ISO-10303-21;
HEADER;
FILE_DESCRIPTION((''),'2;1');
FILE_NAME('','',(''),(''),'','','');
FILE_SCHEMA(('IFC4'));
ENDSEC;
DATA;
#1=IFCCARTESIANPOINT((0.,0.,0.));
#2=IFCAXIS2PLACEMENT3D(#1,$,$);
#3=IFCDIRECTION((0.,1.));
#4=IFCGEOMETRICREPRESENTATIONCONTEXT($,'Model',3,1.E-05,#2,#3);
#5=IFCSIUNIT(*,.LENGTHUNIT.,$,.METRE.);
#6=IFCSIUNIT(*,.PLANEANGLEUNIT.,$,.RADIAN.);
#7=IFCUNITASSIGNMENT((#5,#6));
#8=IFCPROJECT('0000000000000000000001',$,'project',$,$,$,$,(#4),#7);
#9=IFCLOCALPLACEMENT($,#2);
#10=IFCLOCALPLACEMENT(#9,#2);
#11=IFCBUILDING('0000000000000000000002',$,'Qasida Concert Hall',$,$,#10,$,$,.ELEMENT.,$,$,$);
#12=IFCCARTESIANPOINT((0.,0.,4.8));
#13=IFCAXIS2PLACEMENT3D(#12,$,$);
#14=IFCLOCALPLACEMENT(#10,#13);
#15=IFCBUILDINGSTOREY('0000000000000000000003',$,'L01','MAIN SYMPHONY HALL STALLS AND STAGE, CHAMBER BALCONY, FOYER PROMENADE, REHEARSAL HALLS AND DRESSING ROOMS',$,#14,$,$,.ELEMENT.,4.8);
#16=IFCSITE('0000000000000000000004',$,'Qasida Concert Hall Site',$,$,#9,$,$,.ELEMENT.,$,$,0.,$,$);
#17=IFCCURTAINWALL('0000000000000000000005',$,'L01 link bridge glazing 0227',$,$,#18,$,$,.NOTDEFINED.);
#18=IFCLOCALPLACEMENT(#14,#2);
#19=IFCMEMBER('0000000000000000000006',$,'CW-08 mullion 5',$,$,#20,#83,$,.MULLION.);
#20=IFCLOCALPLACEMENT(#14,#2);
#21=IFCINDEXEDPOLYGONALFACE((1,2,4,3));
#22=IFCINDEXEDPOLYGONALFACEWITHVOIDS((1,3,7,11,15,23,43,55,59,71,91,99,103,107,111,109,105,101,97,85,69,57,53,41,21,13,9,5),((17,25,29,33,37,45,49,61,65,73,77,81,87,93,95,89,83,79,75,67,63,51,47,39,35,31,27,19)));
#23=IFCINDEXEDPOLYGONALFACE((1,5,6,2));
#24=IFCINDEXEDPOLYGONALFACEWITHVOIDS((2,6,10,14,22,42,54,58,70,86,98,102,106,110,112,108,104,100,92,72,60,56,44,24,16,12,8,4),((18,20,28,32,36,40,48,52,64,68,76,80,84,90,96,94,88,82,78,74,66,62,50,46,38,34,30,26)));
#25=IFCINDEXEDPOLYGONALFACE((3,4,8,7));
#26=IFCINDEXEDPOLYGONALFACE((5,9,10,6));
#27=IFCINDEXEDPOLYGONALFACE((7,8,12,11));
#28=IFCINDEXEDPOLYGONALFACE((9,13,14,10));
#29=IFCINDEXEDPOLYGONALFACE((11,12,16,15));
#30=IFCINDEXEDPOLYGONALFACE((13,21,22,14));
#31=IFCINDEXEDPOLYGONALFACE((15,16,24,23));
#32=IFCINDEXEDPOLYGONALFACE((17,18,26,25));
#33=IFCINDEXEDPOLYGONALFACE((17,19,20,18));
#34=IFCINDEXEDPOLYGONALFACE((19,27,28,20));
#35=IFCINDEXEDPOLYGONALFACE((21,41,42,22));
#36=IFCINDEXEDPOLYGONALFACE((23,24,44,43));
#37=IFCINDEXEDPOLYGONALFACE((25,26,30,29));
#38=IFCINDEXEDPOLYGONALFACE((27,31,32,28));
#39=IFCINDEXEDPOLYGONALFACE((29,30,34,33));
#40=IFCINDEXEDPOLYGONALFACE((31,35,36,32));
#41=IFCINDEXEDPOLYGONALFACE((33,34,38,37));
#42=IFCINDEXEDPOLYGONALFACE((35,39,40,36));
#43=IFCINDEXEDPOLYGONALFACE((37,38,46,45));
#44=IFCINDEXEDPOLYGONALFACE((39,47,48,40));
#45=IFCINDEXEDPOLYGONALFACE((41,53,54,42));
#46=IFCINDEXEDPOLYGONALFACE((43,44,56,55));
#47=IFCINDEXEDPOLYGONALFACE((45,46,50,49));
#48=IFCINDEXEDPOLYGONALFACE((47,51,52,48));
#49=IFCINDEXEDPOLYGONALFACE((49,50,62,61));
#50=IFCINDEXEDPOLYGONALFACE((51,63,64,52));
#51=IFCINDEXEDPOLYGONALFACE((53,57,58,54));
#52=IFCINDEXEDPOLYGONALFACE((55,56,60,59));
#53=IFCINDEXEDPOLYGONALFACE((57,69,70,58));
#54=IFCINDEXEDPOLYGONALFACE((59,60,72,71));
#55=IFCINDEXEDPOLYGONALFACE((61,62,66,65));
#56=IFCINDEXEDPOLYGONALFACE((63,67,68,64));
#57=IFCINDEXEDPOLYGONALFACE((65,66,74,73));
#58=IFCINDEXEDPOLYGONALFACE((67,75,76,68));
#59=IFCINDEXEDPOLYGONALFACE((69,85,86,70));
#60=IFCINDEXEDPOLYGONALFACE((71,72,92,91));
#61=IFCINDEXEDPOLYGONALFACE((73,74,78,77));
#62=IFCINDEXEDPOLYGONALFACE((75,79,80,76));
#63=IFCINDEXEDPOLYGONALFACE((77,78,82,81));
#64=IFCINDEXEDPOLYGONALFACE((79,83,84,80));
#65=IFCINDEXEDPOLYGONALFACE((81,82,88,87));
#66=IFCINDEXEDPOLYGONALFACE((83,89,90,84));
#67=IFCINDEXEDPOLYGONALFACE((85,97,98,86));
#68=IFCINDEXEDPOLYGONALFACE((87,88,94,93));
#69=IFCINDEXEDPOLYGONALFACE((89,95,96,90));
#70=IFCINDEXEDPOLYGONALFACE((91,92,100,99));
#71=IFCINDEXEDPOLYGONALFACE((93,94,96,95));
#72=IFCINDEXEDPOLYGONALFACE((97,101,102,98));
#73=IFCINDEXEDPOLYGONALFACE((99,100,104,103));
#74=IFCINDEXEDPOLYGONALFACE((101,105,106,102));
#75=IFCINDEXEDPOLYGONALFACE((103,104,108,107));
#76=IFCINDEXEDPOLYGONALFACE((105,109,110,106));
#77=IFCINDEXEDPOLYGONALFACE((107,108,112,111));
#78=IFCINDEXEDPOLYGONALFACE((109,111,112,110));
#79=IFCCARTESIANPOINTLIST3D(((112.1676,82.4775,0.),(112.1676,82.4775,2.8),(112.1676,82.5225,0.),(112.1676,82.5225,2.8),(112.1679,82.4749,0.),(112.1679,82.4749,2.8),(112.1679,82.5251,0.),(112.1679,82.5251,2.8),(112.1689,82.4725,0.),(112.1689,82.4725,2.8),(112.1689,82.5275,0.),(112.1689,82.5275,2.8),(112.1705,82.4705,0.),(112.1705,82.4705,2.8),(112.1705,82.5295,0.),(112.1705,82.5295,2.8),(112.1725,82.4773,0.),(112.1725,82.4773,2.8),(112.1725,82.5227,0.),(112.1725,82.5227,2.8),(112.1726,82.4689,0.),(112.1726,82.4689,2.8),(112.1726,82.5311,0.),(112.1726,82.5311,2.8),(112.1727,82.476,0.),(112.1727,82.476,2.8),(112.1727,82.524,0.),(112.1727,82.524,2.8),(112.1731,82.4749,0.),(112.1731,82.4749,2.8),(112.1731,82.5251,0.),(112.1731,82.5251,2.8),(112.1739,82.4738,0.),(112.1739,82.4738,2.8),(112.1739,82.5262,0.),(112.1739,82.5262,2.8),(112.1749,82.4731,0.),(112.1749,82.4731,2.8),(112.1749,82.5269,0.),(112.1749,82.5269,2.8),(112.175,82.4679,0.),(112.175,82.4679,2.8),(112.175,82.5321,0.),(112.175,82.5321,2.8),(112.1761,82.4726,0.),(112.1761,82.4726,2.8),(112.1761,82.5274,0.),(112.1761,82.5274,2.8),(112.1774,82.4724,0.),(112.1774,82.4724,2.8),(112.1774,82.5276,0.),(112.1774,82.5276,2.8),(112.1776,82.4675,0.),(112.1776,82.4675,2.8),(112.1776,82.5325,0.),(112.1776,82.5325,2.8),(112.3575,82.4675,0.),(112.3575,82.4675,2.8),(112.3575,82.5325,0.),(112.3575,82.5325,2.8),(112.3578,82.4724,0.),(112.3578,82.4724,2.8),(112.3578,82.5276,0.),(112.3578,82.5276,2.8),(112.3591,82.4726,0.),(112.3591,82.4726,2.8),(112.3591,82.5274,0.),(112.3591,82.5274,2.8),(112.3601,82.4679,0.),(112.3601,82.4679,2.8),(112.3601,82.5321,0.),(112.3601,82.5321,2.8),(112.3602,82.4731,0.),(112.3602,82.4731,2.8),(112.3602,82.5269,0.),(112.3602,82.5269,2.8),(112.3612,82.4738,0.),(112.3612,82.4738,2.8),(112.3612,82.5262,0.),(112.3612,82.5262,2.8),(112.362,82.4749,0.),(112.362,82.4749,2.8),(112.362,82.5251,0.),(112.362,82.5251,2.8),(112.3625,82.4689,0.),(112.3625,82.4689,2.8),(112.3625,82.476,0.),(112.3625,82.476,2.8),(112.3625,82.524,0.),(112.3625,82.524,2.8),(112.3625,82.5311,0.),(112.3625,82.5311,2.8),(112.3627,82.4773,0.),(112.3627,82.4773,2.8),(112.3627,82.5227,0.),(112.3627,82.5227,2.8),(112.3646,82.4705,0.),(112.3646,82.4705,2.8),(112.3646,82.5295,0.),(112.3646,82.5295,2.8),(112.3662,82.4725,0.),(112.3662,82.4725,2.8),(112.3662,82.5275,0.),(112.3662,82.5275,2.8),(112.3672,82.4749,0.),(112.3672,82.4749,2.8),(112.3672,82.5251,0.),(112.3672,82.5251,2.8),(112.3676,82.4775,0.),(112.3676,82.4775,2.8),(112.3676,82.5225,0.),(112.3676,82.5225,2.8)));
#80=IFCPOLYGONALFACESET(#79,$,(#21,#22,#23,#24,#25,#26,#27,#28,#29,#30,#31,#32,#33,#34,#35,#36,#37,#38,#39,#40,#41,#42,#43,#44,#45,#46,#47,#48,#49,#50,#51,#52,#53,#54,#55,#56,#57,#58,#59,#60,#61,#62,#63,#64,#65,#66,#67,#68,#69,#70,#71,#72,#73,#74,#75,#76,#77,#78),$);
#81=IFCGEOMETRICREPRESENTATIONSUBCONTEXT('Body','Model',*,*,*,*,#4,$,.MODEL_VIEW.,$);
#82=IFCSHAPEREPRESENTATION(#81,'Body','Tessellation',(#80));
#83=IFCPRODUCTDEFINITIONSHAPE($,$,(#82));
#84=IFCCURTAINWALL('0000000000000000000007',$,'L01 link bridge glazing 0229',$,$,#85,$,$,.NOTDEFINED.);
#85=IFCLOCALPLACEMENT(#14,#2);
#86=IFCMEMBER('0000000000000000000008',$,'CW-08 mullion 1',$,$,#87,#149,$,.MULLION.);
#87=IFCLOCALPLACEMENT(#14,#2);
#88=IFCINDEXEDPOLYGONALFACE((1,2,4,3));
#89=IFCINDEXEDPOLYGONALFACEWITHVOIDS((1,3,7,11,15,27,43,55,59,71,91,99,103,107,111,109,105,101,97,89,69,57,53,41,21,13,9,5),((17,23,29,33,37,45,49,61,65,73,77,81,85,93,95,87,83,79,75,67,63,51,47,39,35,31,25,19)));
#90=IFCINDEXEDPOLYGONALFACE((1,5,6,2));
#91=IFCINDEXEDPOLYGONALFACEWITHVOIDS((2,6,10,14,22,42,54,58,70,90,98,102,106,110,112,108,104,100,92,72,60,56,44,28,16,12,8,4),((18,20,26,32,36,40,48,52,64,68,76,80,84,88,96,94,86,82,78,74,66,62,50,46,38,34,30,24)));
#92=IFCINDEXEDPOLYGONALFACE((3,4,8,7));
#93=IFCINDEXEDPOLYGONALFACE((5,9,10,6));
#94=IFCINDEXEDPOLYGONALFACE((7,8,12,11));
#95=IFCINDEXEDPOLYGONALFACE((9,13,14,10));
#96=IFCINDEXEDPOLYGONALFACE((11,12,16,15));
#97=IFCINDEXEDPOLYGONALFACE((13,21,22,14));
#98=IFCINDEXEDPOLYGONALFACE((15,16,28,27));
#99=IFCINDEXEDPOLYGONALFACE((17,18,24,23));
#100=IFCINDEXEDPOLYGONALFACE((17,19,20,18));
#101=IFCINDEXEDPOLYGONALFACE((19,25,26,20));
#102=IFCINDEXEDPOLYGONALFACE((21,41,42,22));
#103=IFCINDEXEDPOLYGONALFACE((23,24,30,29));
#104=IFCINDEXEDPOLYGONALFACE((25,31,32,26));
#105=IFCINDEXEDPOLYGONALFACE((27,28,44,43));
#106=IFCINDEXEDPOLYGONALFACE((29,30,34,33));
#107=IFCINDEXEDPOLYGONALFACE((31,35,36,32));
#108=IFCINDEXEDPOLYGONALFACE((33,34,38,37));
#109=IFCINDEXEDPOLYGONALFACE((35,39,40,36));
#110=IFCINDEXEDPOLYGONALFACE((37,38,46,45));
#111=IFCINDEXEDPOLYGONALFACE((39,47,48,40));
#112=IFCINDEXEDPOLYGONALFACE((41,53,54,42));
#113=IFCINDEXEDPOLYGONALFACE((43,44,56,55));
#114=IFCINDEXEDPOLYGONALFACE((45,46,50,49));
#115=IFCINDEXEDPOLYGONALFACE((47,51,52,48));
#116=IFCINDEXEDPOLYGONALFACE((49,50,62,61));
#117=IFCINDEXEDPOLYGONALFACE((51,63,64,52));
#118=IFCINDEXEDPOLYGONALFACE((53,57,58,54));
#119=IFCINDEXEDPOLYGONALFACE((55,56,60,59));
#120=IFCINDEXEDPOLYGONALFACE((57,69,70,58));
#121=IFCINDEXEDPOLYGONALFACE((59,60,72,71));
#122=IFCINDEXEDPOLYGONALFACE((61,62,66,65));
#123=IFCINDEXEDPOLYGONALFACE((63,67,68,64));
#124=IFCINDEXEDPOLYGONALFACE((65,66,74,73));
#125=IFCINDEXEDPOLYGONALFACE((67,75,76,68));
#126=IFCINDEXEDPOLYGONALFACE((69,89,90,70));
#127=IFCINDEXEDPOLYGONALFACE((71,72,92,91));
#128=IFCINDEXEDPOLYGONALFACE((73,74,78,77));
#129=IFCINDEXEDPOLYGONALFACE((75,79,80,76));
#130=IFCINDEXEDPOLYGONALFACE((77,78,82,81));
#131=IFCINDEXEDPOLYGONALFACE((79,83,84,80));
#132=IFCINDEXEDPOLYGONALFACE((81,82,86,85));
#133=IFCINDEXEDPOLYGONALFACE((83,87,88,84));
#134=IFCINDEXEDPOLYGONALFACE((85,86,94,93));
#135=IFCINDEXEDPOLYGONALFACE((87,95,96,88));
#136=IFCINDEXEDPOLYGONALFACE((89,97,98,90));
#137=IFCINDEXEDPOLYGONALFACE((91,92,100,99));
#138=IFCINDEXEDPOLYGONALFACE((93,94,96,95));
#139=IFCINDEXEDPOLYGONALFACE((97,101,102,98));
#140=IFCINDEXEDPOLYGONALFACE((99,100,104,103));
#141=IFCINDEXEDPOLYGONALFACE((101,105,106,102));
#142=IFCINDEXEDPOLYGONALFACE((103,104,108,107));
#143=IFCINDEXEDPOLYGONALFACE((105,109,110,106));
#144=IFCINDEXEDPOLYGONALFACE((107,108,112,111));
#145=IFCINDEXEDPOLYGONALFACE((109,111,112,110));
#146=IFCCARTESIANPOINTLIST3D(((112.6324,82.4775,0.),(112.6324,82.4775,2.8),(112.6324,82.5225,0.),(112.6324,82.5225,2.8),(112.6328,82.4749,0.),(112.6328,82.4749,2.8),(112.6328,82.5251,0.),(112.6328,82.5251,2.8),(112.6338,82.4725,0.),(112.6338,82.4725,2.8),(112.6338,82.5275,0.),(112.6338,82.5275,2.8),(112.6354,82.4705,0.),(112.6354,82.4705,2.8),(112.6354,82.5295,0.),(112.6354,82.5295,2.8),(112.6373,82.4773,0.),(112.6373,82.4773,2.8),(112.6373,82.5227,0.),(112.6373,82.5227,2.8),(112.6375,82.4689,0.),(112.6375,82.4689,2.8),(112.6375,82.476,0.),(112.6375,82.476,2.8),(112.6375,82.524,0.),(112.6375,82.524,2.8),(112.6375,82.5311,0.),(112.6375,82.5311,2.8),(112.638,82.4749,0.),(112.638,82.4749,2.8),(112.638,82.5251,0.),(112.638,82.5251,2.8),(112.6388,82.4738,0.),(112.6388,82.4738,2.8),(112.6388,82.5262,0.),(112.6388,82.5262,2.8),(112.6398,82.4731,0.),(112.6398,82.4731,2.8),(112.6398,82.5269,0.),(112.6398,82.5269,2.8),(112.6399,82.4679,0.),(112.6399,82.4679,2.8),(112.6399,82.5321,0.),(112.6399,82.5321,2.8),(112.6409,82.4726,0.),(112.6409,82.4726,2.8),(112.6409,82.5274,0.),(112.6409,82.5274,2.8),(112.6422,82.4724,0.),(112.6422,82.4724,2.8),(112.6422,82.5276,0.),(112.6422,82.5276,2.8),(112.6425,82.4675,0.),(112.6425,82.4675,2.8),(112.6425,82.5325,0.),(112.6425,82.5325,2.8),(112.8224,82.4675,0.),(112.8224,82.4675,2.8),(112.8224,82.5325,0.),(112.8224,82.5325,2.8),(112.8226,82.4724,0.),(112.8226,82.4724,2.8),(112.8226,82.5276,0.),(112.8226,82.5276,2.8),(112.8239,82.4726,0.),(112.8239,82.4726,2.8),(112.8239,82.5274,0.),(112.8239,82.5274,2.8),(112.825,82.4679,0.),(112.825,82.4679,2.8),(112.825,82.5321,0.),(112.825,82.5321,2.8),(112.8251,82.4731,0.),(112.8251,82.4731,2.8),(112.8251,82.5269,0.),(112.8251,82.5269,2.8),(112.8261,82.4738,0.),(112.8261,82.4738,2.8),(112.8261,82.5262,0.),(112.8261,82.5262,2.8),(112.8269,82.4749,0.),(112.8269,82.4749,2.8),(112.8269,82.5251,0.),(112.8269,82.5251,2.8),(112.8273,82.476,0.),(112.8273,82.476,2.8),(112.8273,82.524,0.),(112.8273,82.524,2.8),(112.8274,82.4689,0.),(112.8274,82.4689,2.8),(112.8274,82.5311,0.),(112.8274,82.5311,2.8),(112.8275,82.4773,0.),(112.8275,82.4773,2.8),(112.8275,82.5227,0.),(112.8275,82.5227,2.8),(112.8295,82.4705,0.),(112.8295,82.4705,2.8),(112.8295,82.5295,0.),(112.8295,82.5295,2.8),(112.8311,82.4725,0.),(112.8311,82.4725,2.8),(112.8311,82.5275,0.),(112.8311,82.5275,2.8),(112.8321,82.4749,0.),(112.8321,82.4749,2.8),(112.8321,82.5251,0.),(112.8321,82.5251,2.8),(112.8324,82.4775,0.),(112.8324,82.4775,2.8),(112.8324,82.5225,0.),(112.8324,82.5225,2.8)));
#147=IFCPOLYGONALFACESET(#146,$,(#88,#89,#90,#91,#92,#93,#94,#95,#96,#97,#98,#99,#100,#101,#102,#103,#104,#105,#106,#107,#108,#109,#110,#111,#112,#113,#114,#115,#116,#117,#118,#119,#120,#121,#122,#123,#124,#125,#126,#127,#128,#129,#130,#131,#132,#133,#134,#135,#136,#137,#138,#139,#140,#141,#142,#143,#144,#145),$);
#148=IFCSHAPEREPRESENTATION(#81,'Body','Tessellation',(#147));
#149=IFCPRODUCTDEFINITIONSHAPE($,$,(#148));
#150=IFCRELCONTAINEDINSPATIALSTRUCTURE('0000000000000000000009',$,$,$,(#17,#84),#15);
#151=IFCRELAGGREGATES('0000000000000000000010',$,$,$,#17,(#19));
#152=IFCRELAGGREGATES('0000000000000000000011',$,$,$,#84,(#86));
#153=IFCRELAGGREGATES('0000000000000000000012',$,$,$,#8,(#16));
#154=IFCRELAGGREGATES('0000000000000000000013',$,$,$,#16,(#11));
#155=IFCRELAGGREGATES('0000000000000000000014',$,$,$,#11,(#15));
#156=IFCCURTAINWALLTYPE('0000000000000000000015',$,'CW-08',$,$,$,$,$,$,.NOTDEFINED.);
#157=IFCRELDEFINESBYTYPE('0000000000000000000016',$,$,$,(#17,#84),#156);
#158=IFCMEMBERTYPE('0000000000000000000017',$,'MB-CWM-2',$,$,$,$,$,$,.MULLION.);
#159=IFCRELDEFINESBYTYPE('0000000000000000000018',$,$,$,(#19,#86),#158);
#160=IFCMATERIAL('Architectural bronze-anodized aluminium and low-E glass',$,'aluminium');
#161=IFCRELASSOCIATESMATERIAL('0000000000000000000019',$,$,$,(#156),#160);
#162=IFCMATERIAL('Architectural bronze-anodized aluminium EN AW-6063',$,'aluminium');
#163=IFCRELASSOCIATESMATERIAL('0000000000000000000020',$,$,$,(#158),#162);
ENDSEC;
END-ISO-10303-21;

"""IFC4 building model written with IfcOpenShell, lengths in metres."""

from ifc_helpers import new_model, si_unit, direction, frame, origin, origin_2d, place, context, subcontext, project, spatial, hollow_rectangle, extrude, material, material_profile, profile_set, type_object, element, aggregate, save


model = new_model("IFC4")

# Units and contexts
model_context = context("Model", 3, precision=1e-05, world=origin(), true_north=direction((0.0, 1.0)))
body_context = subcontext(model_context, "Body", "Model", "MODEL_VIEW")
ifc_project = project(units=[si_unit("LENGTHUNIT", "METRE"), si_unit("PLANEANGLEUNIT", "RADIAN")], contexts=[model_context])

# Site, building, storey
site_placement = place(None, origin())
site = spatial("IfcSite", under=ifc_project, at=site_placement, Name="Qasida Concert Hall Site", CompositionType="ELEMENT", RefElevation=0.0)
building_placement = place(site_placement, origin())
building = spatial("IfcBuilding", under=site, at=building_placement, Name="Qasida Concert Hall", CompositionType="ELEMENT")
storey_placement = place(building_placement, frame((0.0, 0.0, 4.8)))
storey = spatial("IfcBuildingStorey", under=building, at=storey_placement, Name="L01", Description="MAIN SYMPHONY HALL STALLS AND STAGE, CHAMBER BALCONY, FOYER PROMENADE, REHEARSAL HALLS AND DRESSING ROOMS", CompositionType="ELEMENT", Elevation=4.8)

# Curtain walls, members
ifc_material_1 = material(Name="Architectural bronze-anodized aluminium and low-E glass", Category="aluminium")
curtain_wall_type = type_object("IfcCurtainWallType", Name="CW-08", PredefinedType="NOTDEFINED", material=ifc_material_1)
curtain_wall_1_placement = place(storey_placement, origin())
curtain_wall_1 = element("IfcCurtainWall", 1, at=curtain_wall_1_placement, inside=storey, type_object=curtain_wall_type, Name="L01 link bridge glazing 0227", PredefinedType="NOTDEFINED")
ifc_material_2 = material(Name="Architectural bronze-anodized aluminium EN AW-6063", Category="aluminium")
ifc_material_profile_1 = material_profile(ifc_material_2, hollow_rectangle(XDim=0.0649, YDim=0.2, WallThickness=0.0049, InnerFilletRadius=0.0049, OuterFilletRadius=0.01, at=origin_2d()), Name="CWM 200x65x5")
ifc_profile_set_1 = profile_set([ifc_material_profile_1], Name="Architectural bronze-anodized aluminium EN AW-6063")
member_type_1 = type_object("IfcMemberType", Name="MB-CWM-2", PredefinedType="MULLION", material=ifc_profile_set_1)
member_1_placement = place(storey_placement, frame((112.2676, 82.5, 0.0), z_axis=(0.0, 0.0, 1.0), x_axis=(0.0, 1.0, 0.0)))
member_1 = element("IfcMember", 2, at=member_1_placement, type_object=member_type_1, Name="CW-08 mullion 5", PredefinedType="MULLION", context=body_context, shape_type="SweptSolid", body=[
    extrude(hollow_rectangle(XDim=0.0649, YDim=0.2, WallThickness=0.0049, InnerFilletRadius=0.0049, OuterFilletRadius=0.01, at=origin_2d()), origin(), (0.0, 0.0, 1.0), 2.8),
])
curtain_wall_2_placement = place(storey_placement, origin())
curtain_wall_2 = element("IfcCurtainWall", 3, at=curtain_wall_2_placement, inside=storey, type_object=curtain_wall_type, Name="L01 link bridge glazing 0229", PredefinedType="NOTDEFINED")
member_2_placement = place(storey_placement, frame((112.7324, 82.5, 0.0), z_axis=(0.0, 0.0, 1.0), x_axis=(0.0, 1.0, 0.0)))
member_2 = element("IfcMember", 4, at=member_2_placement, type_object=member_type_1, Name="CW-08 mullion 1", PredefinedType="MULLION", context=body_context, shape_type="SweptSolid", body=[
    extrude(hollow_rectangle(XDim=0.0649, YDim=0.2, WallThickness=0.0049, InnerFilletRadius=0.0049, OuterFilletRadius=0.01, at=origin_2d()), origin(), (0.0, 0.0, 1.0), 2.8),
])

aggregate(curtain_wall_1, [member_1])
aggregate(curtain_wall_2, [member_2])

save(model, "model.ifc")
